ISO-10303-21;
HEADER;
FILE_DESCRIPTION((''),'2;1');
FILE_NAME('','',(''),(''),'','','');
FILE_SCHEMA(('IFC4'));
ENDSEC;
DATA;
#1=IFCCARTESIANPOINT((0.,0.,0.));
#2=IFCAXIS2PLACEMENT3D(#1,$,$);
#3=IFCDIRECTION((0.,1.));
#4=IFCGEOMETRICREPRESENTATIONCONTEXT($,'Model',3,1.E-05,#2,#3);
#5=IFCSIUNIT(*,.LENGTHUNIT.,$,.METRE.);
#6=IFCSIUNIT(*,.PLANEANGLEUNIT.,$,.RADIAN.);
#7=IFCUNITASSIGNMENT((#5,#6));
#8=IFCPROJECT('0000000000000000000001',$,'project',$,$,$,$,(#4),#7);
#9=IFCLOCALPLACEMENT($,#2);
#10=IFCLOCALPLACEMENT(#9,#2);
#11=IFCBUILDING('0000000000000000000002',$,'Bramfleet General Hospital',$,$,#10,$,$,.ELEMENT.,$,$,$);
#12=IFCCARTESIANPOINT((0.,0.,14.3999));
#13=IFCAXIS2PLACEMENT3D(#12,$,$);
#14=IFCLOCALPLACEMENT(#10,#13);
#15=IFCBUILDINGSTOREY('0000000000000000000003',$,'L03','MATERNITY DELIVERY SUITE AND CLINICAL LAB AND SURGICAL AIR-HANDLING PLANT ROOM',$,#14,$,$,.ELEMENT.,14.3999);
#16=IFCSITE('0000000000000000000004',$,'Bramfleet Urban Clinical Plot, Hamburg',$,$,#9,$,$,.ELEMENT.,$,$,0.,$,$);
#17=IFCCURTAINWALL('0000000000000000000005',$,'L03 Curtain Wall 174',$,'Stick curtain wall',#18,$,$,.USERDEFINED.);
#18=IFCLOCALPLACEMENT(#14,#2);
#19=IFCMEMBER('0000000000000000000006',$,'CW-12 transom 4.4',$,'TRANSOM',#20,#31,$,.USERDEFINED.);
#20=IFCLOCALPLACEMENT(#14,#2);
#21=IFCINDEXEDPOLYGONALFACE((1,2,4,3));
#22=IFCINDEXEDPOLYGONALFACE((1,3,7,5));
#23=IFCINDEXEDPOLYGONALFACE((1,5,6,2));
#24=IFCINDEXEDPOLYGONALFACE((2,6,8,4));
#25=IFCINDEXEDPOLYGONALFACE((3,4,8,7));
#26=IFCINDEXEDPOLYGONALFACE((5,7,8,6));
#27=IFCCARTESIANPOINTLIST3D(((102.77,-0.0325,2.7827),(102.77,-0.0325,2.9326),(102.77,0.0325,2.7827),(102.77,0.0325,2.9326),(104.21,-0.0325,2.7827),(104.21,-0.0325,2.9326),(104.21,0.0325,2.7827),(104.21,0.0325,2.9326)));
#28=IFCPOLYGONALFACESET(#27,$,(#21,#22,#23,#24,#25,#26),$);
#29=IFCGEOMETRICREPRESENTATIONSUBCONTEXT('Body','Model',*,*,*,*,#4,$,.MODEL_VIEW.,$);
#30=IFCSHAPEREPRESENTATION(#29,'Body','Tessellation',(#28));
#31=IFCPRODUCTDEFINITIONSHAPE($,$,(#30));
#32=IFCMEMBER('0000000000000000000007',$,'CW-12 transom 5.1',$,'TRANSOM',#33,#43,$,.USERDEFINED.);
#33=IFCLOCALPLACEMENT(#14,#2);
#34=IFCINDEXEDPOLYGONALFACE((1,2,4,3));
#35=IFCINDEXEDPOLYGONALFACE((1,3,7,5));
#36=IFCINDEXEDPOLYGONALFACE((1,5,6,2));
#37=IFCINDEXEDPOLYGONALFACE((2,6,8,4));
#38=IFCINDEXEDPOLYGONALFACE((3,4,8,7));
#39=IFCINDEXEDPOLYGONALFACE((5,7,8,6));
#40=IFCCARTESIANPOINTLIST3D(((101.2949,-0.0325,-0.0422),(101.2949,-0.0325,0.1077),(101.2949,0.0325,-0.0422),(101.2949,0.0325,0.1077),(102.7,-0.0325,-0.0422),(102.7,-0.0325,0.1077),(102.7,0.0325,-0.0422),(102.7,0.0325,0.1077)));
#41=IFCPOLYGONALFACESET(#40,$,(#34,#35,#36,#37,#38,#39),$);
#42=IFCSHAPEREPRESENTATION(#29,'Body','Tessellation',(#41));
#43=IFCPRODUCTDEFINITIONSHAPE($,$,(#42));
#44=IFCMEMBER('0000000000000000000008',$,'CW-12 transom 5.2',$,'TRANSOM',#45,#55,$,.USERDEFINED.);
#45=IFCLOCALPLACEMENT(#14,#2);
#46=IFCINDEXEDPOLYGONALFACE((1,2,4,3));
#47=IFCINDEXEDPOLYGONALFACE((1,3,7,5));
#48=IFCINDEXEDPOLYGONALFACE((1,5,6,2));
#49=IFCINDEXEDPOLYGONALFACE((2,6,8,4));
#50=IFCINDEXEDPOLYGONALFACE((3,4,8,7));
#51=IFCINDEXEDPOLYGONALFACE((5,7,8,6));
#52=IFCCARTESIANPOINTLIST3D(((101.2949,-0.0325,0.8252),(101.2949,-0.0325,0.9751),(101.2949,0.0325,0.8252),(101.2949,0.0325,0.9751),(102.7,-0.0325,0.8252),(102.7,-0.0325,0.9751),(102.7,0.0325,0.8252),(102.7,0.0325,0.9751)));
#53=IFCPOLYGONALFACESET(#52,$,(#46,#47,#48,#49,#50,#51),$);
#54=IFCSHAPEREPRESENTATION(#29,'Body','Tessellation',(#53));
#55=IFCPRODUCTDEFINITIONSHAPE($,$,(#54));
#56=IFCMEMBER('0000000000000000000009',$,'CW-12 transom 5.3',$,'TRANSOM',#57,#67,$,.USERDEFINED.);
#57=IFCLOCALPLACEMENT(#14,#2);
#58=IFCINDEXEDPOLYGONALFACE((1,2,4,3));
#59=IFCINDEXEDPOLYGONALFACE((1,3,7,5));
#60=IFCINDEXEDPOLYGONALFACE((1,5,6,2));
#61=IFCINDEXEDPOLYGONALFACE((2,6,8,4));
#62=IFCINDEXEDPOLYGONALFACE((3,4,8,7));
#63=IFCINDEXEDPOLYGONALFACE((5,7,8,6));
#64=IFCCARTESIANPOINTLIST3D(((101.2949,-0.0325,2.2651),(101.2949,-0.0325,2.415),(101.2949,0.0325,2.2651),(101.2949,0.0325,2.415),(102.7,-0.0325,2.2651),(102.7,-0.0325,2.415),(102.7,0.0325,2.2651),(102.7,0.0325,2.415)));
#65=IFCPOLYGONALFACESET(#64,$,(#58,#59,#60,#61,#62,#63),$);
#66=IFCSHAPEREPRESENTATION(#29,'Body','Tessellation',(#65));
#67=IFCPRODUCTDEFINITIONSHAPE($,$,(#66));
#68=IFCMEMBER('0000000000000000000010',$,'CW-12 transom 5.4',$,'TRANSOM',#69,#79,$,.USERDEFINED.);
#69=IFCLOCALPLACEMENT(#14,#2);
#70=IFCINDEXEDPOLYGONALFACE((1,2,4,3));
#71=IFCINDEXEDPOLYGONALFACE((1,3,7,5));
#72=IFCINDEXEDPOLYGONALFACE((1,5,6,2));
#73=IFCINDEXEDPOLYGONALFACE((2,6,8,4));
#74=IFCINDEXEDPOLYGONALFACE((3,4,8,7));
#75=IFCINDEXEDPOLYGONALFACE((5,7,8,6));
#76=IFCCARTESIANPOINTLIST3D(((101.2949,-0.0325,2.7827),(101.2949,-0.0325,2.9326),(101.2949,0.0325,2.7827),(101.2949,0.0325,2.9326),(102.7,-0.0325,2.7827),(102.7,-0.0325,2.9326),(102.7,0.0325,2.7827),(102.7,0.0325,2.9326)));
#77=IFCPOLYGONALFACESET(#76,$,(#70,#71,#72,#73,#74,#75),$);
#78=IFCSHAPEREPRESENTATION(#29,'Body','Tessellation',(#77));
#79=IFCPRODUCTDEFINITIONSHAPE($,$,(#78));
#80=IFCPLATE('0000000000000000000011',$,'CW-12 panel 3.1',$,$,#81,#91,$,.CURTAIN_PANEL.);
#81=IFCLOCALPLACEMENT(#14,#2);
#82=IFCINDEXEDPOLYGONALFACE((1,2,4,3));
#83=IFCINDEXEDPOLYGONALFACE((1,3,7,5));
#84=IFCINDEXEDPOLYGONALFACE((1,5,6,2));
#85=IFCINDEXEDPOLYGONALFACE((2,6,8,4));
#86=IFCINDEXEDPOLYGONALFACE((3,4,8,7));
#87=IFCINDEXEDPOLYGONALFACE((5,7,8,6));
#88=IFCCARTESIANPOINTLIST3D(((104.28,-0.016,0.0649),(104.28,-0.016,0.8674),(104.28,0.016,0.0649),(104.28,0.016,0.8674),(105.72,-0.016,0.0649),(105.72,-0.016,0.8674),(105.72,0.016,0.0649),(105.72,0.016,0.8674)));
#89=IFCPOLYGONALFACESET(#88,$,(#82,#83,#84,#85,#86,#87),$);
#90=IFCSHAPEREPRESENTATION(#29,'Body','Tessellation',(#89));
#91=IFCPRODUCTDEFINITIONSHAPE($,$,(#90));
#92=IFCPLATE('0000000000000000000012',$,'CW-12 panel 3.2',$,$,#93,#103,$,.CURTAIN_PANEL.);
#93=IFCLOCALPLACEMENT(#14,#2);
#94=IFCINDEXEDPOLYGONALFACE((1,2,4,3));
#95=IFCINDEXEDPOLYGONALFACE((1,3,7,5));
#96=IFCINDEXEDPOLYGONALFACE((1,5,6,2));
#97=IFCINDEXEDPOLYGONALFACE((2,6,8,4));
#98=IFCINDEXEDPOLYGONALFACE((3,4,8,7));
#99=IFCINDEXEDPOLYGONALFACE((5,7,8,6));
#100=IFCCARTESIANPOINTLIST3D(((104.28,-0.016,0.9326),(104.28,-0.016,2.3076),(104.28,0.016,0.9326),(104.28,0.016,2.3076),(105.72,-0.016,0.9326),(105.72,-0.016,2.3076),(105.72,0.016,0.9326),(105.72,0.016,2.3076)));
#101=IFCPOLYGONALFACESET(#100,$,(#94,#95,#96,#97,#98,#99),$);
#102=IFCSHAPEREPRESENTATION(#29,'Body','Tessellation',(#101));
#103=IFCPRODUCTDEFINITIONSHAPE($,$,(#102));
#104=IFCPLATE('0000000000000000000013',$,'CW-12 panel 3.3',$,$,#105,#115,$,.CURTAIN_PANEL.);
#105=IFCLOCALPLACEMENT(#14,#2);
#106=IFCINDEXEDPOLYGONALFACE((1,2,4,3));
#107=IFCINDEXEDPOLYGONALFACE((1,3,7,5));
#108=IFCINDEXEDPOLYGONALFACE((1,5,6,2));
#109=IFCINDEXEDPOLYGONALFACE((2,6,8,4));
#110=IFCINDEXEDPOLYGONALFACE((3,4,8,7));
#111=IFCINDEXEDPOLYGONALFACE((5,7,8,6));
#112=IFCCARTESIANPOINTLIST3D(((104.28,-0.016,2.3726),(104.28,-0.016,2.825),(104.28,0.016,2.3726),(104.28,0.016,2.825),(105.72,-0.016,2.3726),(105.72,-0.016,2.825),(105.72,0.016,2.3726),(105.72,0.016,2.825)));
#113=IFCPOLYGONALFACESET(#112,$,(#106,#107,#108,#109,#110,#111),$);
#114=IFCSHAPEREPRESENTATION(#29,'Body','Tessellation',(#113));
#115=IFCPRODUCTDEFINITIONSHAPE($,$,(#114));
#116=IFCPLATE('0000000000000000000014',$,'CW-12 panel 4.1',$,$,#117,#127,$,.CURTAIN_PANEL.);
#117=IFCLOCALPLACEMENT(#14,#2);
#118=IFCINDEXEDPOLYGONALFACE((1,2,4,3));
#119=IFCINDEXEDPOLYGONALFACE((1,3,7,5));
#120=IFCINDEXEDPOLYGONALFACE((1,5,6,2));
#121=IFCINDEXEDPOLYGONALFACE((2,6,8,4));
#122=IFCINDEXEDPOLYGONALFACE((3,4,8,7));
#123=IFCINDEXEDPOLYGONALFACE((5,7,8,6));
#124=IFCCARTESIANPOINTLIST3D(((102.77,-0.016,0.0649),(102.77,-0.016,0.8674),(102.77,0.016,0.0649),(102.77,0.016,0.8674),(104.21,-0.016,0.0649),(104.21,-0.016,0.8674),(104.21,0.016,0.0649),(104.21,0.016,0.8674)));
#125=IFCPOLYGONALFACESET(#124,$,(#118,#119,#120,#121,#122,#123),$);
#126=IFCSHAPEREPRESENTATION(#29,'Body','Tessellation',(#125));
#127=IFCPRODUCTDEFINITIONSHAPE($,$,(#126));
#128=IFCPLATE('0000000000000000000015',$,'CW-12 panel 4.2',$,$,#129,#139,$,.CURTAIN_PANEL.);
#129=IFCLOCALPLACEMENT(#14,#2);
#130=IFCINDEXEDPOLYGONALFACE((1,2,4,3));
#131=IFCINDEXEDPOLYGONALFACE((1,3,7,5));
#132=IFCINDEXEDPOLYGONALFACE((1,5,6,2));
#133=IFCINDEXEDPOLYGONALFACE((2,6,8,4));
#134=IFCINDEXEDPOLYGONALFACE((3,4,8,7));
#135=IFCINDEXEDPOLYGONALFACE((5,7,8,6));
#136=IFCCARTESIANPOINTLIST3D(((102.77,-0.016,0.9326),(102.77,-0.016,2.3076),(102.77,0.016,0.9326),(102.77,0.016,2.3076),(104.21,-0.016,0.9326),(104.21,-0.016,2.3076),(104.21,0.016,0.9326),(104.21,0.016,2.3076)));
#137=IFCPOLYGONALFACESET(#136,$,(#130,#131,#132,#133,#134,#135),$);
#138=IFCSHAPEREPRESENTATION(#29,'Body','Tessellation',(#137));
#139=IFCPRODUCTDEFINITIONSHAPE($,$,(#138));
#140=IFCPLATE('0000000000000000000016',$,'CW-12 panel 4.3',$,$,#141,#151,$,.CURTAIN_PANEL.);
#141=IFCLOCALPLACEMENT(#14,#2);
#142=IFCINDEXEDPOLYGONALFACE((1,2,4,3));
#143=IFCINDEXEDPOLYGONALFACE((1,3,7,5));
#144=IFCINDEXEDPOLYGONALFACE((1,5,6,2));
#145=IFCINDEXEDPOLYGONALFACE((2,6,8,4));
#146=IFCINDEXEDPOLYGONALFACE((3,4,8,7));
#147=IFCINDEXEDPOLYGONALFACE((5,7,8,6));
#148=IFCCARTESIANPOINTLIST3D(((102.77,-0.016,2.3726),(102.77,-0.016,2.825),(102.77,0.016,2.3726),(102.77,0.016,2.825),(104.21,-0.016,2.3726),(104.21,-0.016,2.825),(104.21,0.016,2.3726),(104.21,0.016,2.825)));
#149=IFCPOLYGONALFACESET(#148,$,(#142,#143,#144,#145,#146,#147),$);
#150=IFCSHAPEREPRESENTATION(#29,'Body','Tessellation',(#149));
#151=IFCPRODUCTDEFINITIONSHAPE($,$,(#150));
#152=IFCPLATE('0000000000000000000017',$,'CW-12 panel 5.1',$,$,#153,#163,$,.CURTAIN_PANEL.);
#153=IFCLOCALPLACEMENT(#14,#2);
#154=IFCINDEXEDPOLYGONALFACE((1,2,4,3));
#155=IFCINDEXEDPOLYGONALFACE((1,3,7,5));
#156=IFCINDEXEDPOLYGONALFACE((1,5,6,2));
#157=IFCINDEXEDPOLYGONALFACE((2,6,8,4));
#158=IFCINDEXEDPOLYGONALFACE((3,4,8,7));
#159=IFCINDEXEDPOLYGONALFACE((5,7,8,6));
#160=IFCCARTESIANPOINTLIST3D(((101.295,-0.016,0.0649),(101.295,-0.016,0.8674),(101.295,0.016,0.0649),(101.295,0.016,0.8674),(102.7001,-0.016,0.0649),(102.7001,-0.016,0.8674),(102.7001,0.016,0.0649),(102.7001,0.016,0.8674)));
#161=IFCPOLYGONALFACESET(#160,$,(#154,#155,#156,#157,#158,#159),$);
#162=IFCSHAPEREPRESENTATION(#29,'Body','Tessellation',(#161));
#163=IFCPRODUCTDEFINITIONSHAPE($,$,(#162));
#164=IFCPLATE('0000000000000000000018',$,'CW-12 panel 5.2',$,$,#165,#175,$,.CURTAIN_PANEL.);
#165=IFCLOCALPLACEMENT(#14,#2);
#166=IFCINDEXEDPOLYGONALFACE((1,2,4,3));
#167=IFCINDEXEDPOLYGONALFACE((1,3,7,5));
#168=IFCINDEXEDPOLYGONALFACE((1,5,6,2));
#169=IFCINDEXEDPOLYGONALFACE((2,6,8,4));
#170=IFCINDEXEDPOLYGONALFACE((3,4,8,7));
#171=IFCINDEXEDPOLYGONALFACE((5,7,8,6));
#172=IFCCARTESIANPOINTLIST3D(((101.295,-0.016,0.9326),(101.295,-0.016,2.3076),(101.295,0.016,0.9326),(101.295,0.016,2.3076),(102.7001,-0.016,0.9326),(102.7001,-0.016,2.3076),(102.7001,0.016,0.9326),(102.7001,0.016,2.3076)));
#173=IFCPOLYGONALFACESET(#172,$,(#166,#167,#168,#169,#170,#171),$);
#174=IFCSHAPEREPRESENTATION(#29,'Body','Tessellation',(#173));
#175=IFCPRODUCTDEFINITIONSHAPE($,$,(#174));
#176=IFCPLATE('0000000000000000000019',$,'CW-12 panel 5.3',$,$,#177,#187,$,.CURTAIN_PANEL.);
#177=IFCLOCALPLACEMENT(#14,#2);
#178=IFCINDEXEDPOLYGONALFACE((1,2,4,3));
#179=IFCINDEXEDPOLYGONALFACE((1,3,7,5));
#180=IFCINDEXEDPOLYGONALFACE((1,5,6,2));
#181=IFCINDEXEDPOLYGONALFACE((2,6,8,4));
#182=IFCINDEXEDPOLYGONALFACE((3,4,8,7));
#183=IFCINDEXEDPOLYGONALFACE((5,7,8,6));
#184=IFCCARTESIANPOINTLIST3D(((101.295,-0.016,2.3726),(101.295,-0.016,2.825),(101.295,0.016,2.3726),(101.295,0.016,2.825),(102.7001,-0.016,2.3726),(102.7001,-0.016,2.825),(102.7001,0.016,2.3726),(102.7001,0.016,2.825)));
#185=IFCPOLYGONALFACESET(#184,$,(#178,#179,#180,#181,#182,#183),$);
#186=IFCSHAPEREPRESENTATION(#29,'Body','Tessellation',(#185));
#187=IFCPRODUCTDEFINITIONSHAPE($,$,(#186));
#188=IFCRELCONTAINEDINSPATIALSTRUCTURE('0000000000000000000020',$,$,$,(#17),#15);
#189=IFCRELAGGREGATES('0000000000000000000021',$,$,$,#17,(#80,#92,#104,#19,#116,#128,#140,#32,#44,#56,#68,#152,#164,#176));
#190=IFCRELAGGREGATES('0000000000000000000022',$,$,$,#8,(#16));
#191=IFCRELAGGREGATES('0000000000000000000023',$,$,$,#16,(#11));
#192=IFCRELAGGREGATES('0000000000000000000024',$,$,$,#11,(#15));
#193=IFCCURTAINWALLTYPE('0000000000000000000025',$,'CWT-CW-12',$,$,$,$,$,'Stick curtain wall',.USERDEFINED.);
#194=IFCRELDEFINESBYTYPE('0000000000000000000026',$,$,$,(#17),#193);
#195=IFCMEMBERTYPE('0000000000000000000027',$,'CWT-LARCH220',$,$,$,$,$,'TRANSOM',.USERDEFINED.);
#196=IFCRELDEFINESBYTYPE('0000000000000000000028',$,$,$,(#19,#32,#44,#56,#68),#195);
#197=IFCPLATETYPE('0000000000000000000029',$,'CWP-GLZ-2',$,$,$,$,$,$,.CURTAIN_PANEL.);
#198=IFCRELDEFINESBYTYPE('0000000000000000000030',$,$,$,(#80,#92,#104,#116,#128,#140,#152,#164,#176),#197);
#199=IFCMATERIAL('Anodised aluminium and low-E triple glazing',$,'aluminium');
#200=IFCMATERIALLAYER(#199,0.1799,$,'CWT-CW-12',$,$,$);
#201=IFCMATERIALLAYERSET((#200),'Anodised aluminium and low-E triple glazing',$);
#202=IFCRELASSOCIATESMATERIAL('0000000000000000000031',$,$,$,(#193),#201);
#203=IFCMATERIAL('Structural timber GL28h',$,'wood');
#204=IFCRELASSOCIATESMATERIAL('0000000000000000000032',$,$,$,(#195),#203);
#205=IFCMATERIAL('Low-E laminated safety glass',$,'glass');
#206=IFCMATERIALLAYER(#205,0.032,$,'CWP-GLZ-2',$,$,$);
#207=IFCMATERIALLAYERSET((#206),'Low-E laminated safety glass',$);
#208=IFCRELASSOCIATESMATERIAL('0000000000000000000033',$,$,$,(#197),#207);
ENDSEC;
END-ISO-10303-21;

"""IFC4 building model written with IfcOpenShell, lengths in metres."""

from ifc_helpers import new_model, si_unit, direction, frame, origin, origin_2d, place, context, subcontext, project, spatial, rectangle, extrude, material, layer, layer_set, material_profile, profile_set, type_object, element, aggregate, save


model = new_model("IFC4")

# Units and contexts
model_context = context("Model", 3, precision=1e-05, world=origin(), true_north=direction((0.0, 1.0)))
body_context = subcontext(model_context, "Body", "Model", "MODEL_VIEW")
ifc_project = project(units=[si_unit("LENGTHUNIT", "METRE"), si_unit("PLANEANGLEUNIT", "RADIAN")], contexts=[model_context])

# Site, building, storey
site_placement = place(None, origin())
site = spatial("IfcSite", under=ifc_project, at=site_placement, Name="Bramfleet Urban Clinical Plot, Hamburg", CompositionType="ELEMENT", RefElevation=0.0)
building_placement = place(site_placement, origin())
building = spatial("IfcBuilding", under=site, at=building_placement, Name="Bramfleet General Hospital", CompositionType="ELEMENT")
storey_placement = place(building_placement, frame((0.0, 0.0, 14.3999)))
storey = spatial("IfcBuildingStorey", under=building, at=storey_placement, Name="L03", Description="MATERNITY DELIVERY SUITE AND CLINICAL LAB AND SURGICAL AIR-HANDLING PLANT ROOM", CompositionType="ELEMENT", Elevation=14.3999)

# Curtain wall, members, plates
ifc_material_1 = material(Name="Anodised aluminium and low-E triple glazing", Category="aluminium")
ifc_layer_1 = layer(ifc_material_1, 0.1799, Name="CWT-CW-12")
ifc_layer_set_1 = layer_set([ifc_layer_1], Name="Anodised aluminium and low-E triple glazing")
curtain_wall_type = type_object("IfcCurtainWallType", Name="CWT-CW-12", ElementType="Stick curtain wall", PredefinedType="USERDEFINED", material=ifc_layer_set_1)
curtain_wall_placement = place(storey_placement, origin())
curtain_wall = element("IfcCurtainWall", 1, at=curtain_wall_placement, inside=storey, type_object=curtain_wall_type, Name="L03 Curtain Wall 174", ObjectType="Stick curtain wall", PredefinedType="USERDEFINED")
ifc_material_2 = material(Name="Structural timber GL28h", Category="wood")
ifc_material_profile_1 = material_profile(ifc_material_2, rectangle(XDim=0.0649, YDim=0.1499, at=origin_2d()), Name="LARCH 150x65")
ifc_profile_set_1 = profile_set([ifc_material_profile_1], Name="Structural timber GL28h")
member_type_1 = type_object("IfcMemberType", Name="CWT-LARCH220", ElementType="TRANSOM", PredefinedType="USERDEFINED", material=ifc_profile_set_1)
member_1_placement = place(storey_placement, frame((104.21, 0.0, 2.8577), z_axis=(-1.0, 0.0, 0.0), x_axis=(0.0, -1.0, 0.0)))
member_1 = element("IfcMember", 2, at=member_1_placement, type_object=member_type_1, Name="CW-12 transom 4.4", ObjectType="TRANSOM", PredefinedType="USERDEFINED", context=body_context, shape_type="SweptSolid", body=[
    extrude(rectangle(XDim=0.0649, YDim=0.1499, at=origin_2d()), origin(), (0.0, 0.0, 1.0), 1.4399),
])
member_2_placement = place(storey_placement, frame((102.7, 0.0, 0.0327), z_axis=(-1.0, 0.0, 0.0), x_axis=(0.0, -1.0, 0.0)))
member_2 = element("IfcMember", 3, at=member_2_placement, type_object=member_type_1, Name="CW-12 transom 5.1", ObjectType="TRANSOM", PredefinedType="USERDEFINED", context=body_context, shape_type="SweptSolid", body=[
    extrude(rectangle(XDim=0.0649, YDim=0.1499, at=origin_2d()), origin(), (0.0, 0.0, 1.0), 1.405),
])
member_3_placement = place(storey_placement, frame((102.7, 0.0, 0.9001), z_axis=(-1.0, 0.0, 0.0), x_axis=(0.0, -1.0, 0.0)))
member_3 = element("IfcMember", 4, at=member_3_placement, type_object=member_type_1, Name="CW-12 transom 5.2", ObjectType="TRANSOM", PredefinedType="USERDEFINED", context=body_context, shape_type="SweptSolid", body=[
    extrude(rectangle(XDim=0.0649, YDim=0.1499, at=origin_2d()), origin(), (0.0, 0.0, 1.0), 1.405),
])
member_4_placement = place(storey_placement, frame((102.7, 0.0, 2.3401), z_axis=(-1.0, 0.0, 0.0), x_axis=(0.0, -1.0, 0.0)))
member_4 = element("IfcMember", 5, at=member_4_placement, type_object=member_type_1, Name="CW-12 transom 5.3", ObjectType="TRANSOM", PredefinedType="USERDEFINED", context=body_context, shape_type="SweptSolid", body=[
    extrude(rectangle(XDim=0.0649, YDim=0.1499, at=origin_2d()), origin(), (0.0, 0.0, 1.0), 1.405),
])
member_5_placement = place(storey_placement, frame((102.7, 0.0, 2.8577), z_axis=(-1.0, 0.0, 0.0), x_axis=(0.0, -1.0, 0.0)))
member_5 = element("IfcMember", 6, at=member_5_placement, type_object=member_type_1, Name="CW-12 transom 5.4", ObjectType="TRANSOM", PredefinedType="USERDEFINED", context=body_context, shape_type="SweptSolid", body=[
    extrude(rectangle(XDim=0.0649, YDim=0.1499, at=origin_2d()), origin(), (0.0, 0.0, 1.0), 1.405),
])
ifc_material_3 = material(Name="Low-E laminated safety glass", Category="glass")
ifc_layer_2 = layer(ifc_material_3, 0.032, Name="CWP-GLZ-2")
ifc_layer_set_2 = layer_set([ifc_layer_2], Name="Low-E laminated safety glass")
plate_type = type_object("IfcPlateType", Name="CWP-GLZ-2", PredefinedType="CURTAIN_PANEL", material=ifc_layer_set_2)
plate_1_placement = place(storey_placement, frame((105.0, 0.0, 0.0649), z_axis=(0.0, 0.0, 1.0), x_axis=(-1.0, 0.0, 0.0)))
plate_1 = element("IfcPlate", 7, at=plate_1_placement, type_object=plate_type, Name="CW-12 panel 3.1", PredefinedType="CURTAIN_PANEL", context=body_context, shape_type="SweptSolid", body=[
    extrude(rectangle(XDim=1.4399, YDim=0.032, at=origin_2d()), origin(), (0.0, 0.0, 1.0), 0.8025),
])
plate_2_placement = place(storey_placement, frame((105.0, 0.0, 0.9326), z_axis=(0.0, 0.0, 1.0), x_axis=(-1.0, 0.0, 0.0)))
plate_2 = element("IfcPlate", 8, at=plate_2_placement, type_object=plate_type, Name="CW-12 panel 3.2", PredefinedType="CURTAIN_PANEL", context=body_context, shape_type="SweptSolid", body=[
    extrude(rectangle(XDim=1.4399, YDim=0.032, at=origin_2d()), origin(), (0.0, 0.0, 1.0), 1.375),
])
plate_3_placement = place(storey_placement, frame((105.0, 0.0, 2.3726), z_axis=(0.0, 0.0, 1.0), x_axis=(-1.0, 0.0, 0.0)))
plate_3 = element("IfcPlate", 9, at=plate_3_placement, type_object=plate_type, Name="CW-12 panel 3.3", PredefinedType="CURTAIN_PANEL", context=body_context, shape_type="SweptSolid", body=[
    extrude(rectangle(XDim=1.4399, YDim=0.032, at=origin_2d()), origin(), (0.0, 0.0, 1.0), 0.4524),
])
plate_4_placement = place(storey_placement, frame((103.49, 0.0, 0.0649), z_axis=(0.0, 0.0, 1.0), x_axis=(-1.0, 0.0, 0.0)))
plate_4 = element("IfcPlate", 10, at=plate_4_placement, type_object=plate_type, Name="CW-12 panel 4.1", PredefinedType="CURTAIN_PANEL", context=body_context, shape_type="SweptSolid", body=[
    extrude(rectangle(XDim=1.4399, YDim=0.032, at=origin_2d()), origin(), (0.0, 0.0, 1.0), 0.8025),
])
plate_5_placement = place(storey_placement, frame((103.49, 0.0, 0.9326), z_axis=(0.0, 0.0, 1.0), x_axis=(-1.0, 0.0, 0.0)))
plate_5 = element("IfcPlate", 11, at=plate_5_placement, type_object=plate_type, Name="CW-12 panel 4.2", PredefinedType="CURTAIN_PANEL", context=body_context, shape_type="SweptSolid", body=[
    extrude(rectangle(XDim=1.4399, YDim=0.032, at=origin_2d()), origin(), (0.0, 0.0, 1.0), 1.375),
])
plate_6_placement = place(storey_placement, frame((103.49, 0.0, 2.3726), z_axis=(0.0, 0.0, 1.0), x_axis=(-1.0, 0.0, 0.0)))
plate_6 = element("IfcPlate", 12, at=plate_6_placement, type_object=plate_type, Name="CW-12 panel 4.3", PredefinedType="CURTAIN_PANEL", context=body_context, shape_type="SweptSolid", body=[
    extrude(rectangle(XDim=1.4399, YDim=0.032, at=origin_2d()), origin(), (0.0, 0.0, 1.0), 0.4524),
])
plate_7_placement = place(storey_placement, frame((101.9976, 0.0, 0.0649), z_axis=(0.0, 0.0, 1.0), x_axis=(-1.0, 0.0, 0.0)))
plate_7 = element("IfcPlate", 13, at=plate_7_placement, type_object=plate_type, Name="CW-12 panel 5.1", PredefinedType="CURTAIN_PANEL", context=body_context, shape_type="SweptSolid", body=[
    extrude(rectangle(XDim=1.405, YDim=0.032, at=origin_2d()), origin(), (0.0, 0.0, 1.0), 0.8025),
])
plate_8_placement = place(storey_placement, frame((101.9976, 0.0, 0.9326), z_axis=(0.0, 0.0, 1.0), x_axis=(-1.0, 0.0, 0.0)))
plate_8 = element("IfcPlate", 14, at=plate_8_placement, type_object=plate_type, Name="CW-12 panel 5.2", PredefinedType="CURTAIN_PANEL", context=body_context, shape_type="SweptSolid", body=[
    extrude(rectangle(XDim=1.405, YDim=0.032, at=origin_2d()), origin(), (0.0, 0.0, 1.0), 1.375),
])
plate_9_placement = place(storey_placement, frame((101.9976, 0.0, 2.3726), z_axis=(0.0, 0.0, 1.0), x_axis=(-1.0, 0.0, 0.0)))
plate_9 = element("IfcPlate", 15, at=plate_9_placement, type_object=plate_type, Name="CW-12 panel 5.3", PredefinedType="CURTAIN_PANEL", context=body_context, shape_type="SweptSolid", body=[
    extrude(rectangle(XDim=1.405, YDim=0.032, at=origin_2d()), origin(), (0.0, 0.0, 1.0), 0.4524),
])
aggregate(curtain_wall, [plate_1, plate_2, plate_3, member_1, plate_4, plate_5, plate_6, member_2, member_3, member_4, member_5, plate_7, plate_8, plate_9])

save(model, "model.ifc")
